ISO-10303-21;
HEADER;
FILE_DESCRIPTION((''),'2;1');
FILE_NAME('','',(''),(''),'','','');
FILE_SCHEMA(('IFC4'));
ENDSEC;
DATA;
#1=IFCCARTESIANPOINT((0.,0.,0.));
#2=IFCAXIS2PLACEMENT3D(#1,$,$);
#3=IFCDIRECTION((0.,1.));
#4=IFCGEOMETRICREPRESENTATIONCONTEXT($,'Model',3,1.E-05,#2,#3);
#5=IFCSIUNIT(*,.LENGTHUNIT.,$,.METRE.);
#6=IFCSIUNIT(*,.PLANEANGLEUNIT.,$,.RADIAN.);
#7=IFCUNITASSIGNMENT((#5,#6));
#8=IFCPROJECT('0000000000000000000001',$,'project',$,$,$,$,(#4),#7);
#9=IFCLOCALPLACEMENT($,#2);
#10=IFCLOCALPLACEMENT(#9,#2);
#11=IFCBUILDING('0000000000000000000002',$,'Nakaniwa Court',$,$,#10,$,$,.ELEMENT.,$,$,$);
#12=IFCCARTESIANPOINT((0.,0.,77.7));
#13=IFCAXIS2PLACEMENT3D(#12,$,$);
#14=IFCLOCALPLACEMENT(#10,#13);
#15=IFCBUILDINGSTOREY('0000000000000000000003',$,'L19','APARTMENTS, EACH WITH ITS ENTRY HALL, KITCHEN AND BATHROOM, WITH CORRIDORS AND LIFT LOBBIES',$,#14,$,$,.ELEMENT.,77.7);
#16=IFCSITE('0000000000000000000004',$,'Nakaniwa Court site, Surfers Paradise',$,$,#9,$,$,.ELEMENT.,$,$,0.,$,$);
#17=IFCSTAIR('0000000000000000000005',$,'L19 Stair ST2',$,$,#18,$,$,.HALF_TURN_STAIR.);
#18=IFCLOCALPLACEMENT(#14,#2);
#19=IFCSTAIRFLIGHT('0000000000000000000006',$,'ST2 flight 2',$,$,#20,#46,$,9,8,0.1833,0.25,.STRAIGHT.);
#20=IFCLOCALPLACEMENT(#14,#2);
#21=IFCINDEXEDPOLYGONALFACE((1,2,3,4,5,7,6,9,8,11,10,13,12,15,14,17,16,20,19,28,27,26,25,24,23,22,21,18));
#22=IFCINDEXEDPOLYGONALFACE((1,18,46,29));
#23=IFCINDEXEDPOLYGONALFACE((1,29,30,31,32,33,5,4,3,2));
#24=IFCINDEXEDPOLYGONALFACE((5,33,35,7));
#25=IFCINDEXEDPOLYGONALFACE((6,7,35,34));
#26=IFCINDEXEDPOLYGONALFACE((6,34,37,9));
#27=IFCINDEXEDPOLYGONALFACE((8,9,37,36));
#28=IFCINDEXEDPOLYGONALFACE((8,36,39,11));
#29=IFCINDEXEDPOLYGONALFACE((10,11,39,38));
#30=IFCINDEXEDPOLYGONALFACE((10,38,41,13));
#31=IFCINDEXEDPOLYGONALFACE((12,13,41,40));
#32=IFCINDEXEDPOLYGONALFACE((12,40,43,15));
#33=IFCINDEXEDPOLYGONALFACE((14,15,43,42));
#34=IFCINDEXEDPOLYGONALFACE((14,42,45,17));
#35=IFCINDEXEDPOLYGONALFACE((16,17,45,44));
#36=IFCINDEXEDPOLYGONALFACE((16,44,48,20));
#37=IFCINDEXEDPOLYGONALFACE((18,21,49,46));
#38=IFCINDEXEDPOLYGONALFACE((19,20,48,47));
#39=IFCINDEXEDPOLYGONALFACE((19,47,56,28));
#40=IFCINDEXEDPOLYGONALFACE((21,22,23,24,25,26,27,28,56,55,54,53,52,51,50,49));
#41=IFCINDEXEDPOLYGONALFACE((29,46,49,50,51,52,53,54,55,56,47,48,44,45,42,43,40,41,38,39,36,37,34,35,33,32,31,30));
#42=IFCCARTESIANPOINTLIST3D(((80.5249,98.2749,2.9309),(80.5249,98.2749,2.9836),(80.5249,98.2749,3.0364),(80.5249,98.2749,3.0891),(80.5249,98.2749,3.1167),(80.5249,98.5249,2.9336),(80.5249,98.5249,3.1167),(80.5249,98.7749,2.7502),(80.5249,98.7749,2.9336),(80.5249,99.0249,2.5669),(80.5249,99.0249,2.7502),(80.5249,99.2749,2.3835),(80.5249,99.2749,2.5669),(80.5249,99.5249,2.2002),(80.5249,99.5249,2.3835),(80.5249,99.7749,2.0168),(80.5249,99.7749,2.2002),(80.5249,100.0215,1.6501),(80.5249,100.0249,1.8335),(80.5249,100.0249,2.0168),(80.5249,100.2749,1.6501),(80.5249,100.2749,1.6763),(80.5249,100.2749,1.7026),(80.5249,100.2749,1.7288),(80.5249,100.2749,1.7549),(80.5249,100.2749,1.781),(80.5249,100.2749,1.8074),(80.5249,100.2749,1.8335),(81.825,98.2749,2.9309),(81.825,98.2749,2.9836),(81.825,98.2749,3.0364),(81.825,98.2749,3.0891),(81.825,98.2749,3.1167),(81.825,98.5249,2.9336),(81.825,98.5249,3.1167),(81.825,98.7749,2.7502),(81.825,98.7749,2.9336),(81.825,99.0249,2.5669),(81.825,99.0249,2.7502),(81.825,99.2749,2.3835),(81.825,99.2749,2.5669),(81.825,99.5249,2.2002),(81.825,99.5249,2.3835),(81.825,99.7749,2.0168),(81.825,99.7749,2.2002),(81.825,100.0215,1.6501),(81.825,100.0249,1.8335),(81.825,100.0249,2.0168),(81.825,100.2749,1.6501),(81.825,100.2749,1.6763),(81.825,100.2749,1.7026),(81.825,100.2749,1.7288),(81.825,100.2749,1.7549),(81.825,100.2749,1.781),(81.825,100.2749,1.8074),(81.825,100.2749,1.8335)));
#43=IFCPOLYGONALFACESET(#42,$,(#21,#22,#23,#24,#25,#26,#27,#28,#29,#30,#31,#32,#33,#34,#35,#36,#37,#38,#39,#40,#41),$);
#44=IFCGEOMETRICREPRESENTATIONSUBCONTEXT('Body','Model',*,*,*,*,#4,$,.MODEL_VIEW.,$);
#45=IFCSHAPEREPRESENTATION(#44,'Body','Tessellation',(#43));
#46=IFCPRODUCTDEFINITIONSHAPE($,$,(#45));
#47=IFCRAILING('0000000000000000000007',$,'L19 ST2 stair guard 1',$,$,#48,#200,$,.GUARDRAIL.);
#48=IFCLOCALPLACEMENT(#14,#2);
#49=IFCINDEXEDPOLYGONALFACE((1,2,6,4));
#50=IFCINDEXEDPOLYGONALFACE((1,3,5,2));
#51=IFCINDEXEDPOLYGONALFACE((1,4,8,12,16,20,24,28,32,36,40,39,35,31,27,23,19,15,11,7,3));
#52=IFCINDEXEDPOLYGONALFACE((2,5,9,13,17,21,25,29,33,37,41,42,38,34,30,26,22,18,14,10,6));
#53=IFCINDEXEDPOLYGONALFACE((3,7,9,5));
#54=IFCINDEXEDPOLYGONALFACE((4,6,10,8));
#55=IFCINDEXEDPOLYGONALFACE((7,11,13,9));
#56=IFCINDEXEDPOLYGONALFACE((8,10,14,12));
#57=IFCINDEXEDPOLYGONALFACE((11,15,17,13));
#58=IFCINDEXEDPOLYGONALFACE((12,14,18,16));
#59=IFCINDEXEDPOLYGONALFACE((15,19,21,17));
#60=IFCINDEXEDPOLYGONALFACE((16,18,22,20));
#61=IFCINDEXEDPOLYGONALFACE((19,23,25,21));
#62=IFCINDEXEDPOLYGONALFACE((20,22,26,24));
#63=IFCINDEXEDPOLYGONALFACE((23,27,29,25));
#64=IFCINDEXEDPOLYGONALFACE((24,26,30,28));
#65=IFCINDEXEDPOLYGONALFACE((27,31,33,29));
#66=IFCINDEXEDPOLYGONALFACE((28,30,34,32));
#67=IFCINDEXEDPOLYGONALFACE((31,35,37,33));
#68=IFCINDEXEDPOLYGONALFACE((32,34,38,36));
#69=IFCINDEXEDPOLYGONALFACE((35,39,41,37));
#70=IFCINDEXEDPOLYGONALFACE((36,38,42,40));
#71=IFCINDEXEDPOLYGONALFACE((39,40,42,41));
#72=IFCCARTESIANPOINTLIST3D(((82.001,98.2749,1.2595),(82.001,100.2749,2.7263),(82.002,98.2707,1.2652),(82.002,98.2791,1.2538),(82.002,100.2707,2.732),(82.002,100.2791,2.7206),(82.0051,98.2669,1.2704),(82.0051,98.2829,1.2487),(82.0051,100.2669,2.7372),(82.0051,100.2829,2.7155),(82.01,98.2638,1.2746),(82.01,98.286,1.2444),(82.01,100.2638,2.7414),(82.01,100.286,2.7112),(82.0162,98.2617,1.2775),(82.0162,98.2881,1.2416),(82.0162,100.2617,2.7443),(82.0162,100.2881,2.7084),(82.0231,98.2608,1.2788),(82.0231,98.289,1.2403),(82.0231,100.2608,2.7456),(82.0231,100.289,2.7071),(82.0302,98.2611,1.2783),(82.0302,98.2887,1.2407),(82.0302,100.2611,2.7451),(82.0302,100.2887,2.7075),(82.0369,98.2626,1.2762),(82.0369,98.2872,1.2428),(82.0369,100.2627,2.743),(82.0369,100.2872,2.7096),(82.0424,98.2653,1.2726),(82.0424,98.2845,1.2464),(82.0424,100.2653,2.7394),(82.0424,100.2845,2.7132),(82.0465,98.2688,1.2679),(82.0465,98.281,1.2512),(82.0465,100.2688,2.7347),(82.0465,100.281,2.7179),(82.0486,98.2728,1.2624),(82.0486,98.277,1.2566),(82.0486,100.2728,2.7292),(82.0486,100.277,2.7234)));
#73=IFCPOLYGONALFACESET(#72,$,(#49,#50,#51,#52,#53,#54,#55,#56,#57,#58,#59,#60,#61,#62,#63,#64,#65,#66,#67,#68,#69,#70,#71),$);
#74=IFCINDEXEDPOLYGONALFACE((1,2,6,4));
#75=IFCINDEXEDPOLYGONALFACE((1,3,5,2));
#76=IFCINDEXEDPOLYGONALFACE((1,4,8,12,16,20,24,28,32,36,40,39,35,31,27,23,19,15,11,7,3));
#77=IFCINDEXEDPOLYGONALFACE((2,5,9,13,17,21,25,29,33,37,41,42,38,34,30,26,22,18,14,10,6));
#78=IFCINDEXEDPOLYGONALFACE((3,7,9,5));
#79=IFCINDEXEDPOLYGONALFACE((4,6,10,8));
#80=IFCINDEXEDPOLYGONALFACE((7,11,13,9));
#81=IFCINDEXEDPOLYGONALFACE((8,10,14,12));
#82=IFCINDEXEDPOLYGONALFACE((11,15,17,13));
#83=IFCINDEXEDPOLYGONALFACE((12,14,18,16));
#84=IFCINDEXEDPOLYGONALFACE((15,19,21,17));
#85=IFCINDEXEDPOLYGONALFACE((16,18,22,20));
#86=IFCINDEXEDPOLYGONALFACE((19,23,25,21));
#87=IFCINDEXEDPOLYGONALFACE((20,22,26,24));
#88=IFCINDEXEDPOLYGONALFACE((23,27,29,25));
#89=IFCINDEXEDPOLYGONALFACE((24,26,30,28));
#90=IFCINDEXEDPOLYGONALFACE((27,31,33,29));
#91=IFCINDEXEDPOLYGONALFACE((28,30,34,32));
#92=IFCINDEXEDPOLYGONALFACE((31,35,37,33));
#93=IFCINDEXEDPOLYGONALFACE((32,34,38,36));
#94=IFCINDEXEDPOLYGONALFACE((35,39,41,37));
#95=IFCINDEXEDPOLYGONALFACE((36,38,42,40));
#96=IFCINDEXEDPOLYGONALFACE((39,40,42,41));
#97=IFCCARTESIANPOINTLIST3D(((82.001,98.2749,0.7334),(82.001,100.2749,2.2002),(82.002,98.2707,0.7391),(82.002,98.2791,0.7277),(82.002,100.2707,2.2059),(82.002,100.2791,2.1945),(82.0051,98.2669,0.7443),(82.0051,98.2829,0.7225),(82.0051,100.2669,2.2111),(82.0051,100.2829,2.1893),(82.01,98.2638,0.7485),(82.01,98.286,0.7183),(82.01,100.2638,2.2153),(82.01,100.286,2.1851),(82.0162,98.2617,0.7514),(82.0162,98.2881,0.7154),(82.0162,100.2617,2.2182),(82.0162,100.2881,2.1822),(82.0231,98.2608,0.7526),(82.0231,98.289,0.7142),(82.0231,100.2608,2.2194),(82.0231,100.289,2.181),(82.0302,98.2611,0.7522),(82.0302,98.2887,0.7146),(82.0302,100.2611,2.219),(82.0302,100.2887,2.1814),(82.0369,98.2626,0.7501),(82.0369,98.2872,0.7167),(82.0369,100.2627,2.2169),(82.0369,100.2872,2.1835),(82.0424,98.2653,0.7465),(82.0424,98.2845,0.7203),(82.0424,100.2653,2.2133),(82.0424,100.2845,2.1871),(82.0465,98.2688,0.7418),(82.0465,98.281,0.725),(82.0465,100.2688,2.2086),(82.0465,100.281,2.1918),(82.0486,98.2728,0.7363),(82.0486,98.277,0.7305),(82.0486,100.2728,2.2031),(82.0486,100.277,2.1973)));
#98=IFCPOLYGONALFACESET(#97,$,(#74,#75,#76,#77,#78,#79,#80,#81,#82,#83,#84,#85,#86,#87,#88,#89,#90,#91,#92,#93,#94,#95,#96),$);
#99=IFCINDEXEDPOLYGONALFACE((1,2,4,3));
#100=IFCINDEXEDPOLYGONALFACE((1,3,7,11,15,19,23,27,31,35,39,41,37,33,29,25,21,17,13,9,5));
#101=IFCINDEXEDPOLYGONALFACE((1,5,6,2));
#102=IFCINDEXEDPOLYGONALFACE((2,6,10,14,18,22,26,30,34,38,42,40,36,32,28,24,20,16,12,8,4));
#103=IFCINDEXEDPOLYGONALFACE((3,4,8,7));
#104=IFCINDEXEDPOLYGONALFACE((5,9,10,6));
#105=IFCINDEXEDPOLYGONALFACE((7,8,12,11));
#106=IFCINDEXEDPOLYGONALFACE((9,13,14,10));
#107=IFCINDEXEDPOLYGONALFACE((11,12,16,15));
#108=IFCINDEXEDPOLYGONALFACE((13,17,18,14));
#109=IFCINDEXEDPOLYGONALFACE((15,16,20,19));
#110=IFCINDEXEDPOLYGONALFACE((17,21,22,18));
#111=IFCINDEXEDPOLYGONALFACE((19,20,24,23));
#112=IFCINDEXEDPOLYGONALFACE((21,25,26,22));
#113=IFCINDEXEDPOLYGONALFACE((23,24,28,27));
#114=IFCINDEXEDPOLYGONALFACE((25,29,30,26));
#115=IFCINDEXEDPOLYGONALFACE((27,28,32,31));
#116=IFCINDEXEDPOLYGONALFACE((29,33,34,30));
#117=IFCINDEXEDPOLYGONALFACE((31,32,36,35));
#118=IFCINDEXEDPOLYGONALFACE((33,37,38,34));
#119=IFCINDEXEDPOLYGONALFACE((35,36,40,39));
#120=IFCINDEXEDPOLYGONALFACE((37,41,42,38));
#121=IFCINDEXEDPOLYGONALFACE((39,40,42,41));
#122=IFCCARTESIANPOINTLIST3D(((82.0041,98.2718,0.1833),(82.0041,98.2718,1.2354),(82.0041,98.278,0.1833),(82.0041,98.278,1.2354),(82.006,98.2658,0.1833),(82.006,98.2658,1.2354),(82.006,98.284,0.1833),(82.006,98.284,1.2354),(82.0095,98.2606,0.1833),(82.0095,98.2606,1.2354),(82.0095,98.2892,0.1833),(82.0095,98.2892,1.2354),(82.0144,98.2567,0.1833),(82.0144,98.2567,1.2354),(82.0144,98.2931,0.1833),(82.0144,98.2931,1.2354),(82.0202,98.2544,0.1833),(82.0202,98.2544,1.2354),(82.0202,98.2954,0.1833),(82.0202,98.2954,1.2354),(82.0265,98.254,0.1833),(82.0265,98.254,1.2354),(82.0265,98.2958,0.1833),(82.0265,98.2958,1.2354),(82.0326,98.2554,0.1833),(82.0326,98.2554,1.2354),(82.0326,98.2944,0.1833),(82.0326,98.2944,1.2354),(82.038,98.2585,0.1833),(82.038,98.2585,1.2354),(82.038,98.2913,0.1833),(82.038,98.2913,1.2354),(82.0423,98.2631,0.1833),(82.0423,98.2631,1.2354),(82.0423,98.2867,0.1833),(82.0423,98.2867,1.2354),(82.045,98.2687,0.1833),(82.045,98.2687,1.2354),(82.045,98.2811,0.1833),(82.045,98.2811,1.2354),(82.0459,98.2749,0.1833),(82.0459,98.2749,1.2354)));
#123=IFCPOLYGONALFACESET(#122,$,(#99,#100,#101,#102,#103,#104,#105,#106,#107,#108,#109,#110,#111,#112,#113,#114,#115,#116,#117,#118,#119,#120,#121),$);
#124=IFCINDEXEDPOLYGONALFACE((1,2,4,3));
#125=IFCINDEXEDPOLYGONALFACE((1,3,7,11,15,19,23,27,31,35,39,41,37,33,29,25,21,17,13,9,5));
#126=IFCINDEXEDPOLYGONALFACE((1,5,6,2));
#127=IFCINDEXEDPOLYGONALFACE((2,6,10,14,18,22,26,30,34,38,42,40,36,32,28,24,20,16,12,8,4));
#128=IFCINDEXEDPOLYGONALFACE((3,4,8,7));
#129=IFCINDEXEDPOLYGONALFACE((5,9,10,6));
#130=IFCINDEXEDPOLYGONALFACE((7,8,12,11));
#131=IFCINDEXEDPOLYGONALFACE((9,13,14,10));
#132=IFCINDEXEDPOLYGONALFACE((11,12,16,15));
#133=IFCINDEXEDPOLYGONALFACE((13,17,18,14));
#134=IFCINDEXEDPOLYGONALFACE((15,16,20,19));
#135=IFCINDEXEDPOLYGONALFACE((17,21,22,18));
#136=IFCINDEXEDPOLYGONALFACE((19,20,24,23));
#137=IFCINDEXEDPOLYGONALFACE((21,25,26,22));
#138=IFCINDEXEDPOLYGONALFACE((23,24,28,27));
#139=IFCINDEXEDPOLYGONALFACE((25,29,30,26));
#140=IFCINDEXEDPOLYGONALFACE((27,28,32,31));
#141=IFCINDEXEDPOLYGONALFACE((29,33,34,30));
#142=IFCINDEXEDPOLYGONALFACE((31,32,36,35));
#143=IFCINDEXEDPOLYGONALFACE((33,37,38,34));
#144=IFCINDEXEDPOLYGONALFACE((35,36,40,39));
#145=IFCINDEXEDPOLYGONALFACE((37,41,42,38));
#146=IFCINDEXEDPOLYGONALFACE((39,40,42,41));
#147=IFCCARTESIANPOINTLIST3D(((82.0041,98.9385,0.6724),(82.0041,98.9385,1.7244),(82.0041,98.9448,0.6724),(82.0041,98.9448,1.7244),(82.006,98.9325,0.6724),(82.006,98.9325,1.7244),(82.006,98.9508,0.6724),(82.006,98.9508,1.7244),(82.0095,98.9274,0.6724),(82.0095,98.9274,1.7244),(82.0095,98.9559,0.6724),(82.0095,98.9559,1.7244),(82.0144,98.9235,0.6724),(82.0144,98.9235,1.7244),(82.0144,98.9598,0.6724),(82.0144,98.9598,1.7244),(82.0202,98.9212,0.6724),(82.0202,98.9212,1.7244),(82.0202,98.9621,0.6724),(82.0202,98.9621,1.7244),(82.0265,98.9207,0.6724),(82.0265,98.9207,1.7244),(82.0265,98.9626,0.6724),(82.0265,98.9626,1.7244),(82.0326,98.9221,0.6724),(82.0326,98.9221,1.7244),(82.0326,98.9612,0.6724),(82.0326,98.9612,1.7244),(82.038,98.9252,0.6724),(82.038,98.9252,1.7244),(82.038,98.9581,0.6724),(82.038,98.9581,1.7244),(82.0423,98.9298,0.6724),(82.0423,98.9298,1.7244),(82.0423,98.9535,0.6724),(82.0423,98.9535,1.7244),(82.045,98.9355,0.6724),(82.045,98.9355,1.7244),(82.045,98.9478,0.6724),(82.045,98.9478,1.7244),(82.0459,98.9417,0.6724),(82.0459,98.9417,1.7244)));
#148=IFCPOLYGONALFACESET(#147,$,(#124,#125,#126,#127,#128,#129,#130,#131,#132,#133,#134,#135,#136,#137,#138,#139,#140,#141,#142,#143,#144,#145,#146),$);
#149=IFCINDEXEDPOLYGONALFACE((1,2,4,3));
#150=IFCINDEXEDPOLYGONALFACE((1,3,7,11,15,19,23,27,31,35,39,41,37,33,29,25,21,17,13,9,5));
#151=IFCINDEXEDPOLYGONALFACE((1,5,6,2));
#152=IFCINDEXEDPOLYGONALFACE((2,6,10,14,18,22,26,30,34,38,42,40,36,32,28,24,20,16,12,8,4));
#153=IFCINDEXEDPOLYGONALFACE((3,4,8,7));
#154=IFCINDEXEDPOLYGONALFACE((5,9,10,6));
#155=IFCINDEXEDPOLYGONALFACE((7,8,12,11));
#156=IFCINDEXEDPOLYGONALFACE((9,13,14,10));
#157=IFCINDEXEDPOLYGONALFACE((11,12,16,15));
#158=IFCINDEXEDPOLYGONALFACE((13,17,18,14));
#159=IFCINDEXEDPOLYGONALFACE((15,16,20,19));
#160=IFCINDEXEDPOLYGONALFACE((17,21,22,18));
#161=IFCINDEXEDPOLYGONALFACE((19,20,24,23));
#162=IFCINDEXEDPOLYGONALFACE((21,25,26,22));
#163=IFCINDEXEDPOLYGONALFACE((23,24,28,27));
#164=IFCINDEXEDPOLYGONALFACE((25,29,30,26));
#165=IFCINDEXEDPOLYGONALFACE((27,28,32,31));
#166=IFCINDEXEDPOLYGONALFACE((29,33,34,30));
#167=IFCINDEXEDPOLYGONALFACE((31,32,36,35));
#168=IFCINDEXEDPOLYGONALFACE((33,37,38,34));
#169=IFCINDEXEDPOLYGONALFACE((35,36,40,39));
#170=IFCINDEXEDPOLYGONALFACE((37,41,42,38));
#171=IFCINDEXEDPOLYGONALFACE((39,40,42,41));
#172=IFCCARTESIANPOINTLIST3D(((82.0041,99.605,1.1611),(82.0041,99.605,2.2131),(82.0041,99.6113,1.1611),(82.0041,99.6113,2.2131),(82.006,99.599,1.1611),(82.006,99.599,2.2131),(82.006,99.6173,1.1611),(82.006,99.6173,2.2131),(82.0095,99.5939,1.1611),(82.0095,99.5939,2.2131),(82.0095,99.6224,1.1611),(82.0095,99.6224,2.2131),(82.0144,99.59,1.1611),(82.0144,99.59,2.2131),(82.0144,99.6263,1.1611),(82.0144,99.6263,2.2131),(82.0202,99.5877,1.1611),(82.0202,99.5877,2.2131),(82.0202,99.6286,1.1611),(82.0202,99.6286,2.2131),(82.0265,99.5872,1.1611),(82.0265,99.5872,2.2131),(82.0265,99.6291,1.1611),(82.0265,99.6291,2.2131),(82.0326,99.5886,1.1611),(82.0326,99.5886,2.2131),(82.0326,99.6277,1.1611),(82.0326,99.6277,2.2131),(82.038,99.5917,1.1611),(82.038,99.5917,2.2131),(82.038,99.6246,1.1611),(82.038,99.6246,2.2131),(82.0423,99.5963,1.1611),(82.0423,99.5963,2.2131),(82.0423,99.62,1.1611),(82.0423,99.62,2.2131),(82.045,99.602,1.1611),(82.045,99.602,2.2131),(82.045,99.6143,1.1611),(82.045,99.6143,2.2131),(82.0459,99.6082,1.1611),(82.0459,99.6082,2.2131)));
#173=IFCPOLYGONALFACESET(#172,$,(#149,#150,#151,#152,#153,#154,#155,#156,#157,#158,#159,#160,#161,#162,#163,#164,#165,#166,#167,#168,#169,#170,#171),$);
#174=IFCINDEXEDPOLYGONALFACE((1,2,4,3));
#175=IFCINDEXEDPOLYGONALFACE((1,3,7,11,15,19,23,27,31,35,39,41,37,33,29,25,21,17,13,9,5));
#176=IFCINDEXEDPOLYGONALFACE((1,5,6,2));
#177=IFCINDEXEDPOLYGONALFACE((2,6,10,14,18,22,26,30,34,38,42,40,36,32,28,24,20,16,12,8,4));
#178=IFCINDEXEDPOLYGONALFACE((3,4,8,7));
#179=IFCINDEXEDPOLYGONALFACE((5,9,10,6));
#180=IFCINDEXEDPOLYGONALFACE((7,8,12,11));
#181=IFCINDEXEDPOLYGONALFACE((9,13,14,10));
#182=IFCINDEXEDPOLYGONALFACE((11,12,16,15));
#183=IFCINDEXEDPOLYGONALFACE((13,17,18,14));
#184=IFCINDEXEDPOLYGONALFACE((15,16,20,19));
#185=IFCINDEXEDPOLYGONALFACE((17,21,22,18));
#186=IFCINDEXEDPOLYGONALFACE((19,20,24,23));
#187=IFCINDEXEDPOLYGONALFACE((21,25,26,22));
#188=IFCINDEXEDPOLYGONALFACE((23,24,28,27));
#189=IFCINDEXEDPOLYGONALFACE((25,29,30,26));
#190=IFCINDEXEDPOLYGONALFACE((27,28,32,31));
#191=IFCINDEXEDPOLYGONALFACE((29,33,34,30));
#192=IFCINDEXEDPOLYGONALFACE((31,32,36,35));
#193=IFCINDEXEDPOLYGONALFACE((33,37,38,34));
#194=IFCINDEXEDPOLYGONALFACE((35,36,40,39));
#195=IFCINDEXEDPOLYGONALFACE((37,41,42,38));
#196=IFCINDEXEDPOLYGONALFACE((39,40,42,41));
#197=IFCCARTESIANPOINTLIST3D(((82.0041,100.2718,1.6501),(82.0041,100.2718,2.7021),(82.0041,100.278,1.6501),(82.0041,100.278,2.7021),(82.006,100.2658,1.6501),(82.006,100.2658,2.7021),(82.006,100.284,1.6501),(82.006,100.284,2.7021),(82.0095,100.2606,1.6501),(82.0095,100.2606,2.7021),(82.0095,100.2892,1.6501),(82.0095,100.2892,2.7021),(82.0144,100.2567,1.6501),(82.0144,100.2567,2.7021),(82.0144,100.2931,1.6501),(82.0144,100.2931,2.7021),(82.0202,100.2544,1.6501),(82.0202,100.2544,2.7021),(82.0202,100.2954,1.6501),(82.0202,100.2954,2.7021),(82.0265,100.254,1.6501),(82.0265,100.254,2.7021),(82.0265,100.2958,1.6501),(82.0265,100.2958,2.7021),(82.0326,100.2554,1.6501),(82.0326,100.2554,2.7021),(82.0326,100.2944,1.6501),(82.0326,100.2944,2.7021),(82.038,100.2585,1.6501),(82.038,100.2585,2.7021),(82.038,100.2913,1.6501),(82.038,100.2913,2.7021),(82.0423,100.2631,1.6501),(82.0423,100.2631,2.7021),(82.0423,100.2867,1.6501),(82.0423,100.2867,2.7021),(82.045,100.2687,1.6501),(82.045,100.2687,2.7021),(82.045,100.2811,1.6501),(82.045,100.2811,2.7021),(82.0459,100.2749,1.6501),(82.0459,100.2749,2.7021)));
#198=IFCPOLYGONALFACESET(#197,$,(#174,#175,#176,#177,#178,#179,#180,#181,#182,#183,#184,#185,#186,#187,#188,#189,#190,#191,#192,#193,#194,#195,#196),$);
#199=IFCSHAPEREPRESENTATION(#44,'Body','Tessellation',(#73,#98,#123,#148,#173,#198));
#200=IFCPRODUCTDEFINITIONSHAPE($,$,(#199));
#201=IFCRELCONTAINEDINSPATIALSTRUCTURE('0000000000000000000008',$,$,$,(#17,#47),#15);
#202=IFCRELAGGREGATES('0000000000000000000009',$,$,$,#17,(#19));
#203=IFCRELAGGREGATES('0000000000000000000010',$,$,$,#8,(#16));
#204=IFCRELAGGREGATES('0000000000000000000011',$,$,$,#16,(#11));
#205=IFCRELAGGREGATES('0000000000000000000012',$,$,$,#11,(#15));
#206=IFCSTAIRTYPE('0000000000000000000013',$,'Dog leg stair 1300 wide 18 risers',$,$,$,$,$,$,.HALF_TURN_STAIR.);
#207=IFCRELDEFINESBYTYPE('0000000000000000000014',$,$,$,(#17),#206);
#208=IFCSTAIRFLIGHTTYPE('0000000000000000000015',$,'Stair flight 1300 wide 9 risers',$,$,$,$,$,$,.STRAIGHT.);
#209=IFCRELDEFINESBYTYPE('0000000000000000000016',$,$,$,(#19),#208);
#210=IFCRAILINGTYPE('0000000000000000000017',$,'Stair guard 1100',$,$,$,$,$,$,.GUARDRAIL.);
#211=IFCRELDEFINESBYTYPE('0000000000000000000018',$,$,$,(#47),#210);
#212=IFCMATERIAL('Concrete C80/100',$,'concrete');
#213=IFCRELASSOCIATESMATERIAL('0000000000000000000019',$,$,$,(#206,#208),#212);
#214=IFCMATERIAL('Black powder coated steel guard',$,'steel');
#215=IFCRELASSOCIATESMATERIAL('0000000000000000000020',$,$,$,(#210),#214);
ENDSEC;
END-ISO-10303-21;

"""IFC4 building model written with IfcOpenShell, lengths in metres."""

from ifc_helpers import new_model, si_unit, direction, frame, origin, origin_2d, place, context, subcontext, project, spatial, polyline, circle, outline, extrude, material, type_object, element, aggregate, save


model = new_model("IFC4")

# Units and contexts
model_context = context("Model", 3, precision=1e-05, world=origin(), true_north=direction((0.0, 1.0)))
body_context = subcontext(model_context, "Body", "Model", "MODEL_VIEW")
ifc_project = project(units=[si_unit("LENGTHUNIT", "METRE"), si_unit("PLANEANGLEUNIT", "RADIAN")], contexts=[model_context])

# Site, building, storey
site_placement = place(None, origin())
site = spatial("IfcSite", under=ifc_project, at=site_placement, Name="Nakaniwa Court site, Surfers Paradise", CompositionType="ELEMENT", RefElevation=0.0)
building_placement = place(site_placement, origin())
building = spatial("IfcBuilding", under=site, at=building_placement, Name="Nakaniwa Court", CompositionType="ELEMENT")
storey_placement = place(building_placement, frame((0.0, 0.0, 77.7)))
storey = spatial("IfcBuildingStorey", under=building, at=storey_placement, Name="L19", Description="APARTMENTS, EACH WITH ITS ENTRY HALL, KITCHEN AND BATHROOM, WITH CORRIDORS AND LIFT LOBBIES", CompositionType="ELEMENT", Elevation=77.7)

# Shared definitions
ifc_material_1 = material(Name="Concrete C80/100", Category="concrete")

# Stair, stair flight
stair_type = type_object("IfcStairType", Name="Dog leg stair 1300 wide 18 risers", PredefinedType="HALF_TURN_STAIR", material=ifc_material_1)
stair_placement = place(storey_placement, origin())
stair = element("IfcStair", 1, at=stair_placement, inside=storey, type_object=stair_type, Name="L19 Stair ST2", PredefinedType="HALF_TURN_STAIR")
stair_flight_type = type_object("IfcStairFlightType", Name="Stair flight 1300 wide 9 risers", PredefinedType="STRAIGHT", material=ifc_material_1)
stair_flight_1_placement = place(storey_placement, frame((81.175, 100.2749, 1.6501), z_axis=(0.0, 0.0, 1.0), x_axis=(0.0, -1.0, 0.0)))
stair_flight_1 = element("IfcStairFlight", 2, at=stair_flight_1_placement, type_object=stair_flight_type, Name="ST2 flight 2", NumberOfRisers=9, NumberOfTreads=8, PredefinedType="STRAIGHT", RiserHeight=0.1833, TreadLength=0.25, context=body_context, shape_type="SweptSolid", body=[
    extrude(outline(polyline([(0.0, 0.0), (0.0, 0.0261), (0.0, 0.0525), (0.0, 0.0786), (0.0, 0.1047), (0.0, 0.1309), (0.0, 0.1572), (0.0, 0.1833), (0.25, 0.1833), (0.25, 0.3667), (0.5, 0.3667), (0.5, 0.55), (0.75, 0.55), (0.75, 0.7334), (1.0, 0.7334), (1.0, 0.9167), (1.25, 0.9167), (1.25, 1.1001), (1.5, 1.1001), (1.5, 1.2834), (1.75, 1.2834), (1.75, 1.4666), (2.0, 1.4666), (2.0, 1.6499), (2.0, 1.5972), (2.0, 1.5444), (2.0, 1.4917), (2.0, 1.439), (2.0, 1.3862), (2.0, 1.3335), (2.0, 1.2808), (0.2534, 0.0), (0.0, 0.0)])), frame((0.0, 0.6499, 0.0), z_axis=(0.0, -1.0, 0.0), x_axis=(1.0, 0.0, 0.0)), (0.0, 0.0, 1.0), 1.3),
])
aggregate(stair, [stair_flight_1])

# Railing
ifc_material_2 = material(Name="Black powder coated steel guard", Category="steel")
railing_type_1 = type_object("IfcRailingType", Name="Stair guard 1100", PredefinedType="GUARDRAIL", material=ifc_material_2)
railing_1_placement = place(storey_placement, frame((82.0249, 98.2749, 0.1833)))
element("IfcRailing", 3, at=railing_1_placement, inside=storey, type_object=railing_type_1, Name="L19 ST2 stair guard 1", PredefinedType="GUARDRAIL", context=body_context, shape_type="SweptSolid", body=[
    extrude(circle(Radius=0.0239, at=origin_2d()), frame((0.0, 0.0, 1.0762), z_axis=(0.0, 0.80638, 0.591398), x_axis=(-1.0, 0.0, 0.0)), (0.0, 0.0, 1.0), 2.4802),
    extrude(circle(Radius=0.0239, at=origin_2d()), frame((0.0, 0.0, 0.55), z_axis=(0.0, 0.80638, 0.591398), x_axis=(-1.0, 0.0, 0.0)), (0.0, 0.0, 1.0), 2.4802),
    extrude(circle(Radius=0.021, at=origin_2d()), origin(), (0.0, 0.0, 1.0), 1.052),
    extrude(circle(Radius=0.021, at=origin_2d()), frame((0.0, 0.6667, 0.489)), (0.0, 0.0, 1.0), 1.052),
    extrude(circle(Radius=0.021, at=origin_2d()), frame((0.0, 1.3333, 0.9778)), (0.0, 0.0, 1.0), 1.052),
    extrude(circle(Radius=0.021, at=origin_2d()), frame((0.0, 2.0, 1.4668)), (0.0, 0.0, 1.0), 1.052),
])

save(model, "model.ifc")
